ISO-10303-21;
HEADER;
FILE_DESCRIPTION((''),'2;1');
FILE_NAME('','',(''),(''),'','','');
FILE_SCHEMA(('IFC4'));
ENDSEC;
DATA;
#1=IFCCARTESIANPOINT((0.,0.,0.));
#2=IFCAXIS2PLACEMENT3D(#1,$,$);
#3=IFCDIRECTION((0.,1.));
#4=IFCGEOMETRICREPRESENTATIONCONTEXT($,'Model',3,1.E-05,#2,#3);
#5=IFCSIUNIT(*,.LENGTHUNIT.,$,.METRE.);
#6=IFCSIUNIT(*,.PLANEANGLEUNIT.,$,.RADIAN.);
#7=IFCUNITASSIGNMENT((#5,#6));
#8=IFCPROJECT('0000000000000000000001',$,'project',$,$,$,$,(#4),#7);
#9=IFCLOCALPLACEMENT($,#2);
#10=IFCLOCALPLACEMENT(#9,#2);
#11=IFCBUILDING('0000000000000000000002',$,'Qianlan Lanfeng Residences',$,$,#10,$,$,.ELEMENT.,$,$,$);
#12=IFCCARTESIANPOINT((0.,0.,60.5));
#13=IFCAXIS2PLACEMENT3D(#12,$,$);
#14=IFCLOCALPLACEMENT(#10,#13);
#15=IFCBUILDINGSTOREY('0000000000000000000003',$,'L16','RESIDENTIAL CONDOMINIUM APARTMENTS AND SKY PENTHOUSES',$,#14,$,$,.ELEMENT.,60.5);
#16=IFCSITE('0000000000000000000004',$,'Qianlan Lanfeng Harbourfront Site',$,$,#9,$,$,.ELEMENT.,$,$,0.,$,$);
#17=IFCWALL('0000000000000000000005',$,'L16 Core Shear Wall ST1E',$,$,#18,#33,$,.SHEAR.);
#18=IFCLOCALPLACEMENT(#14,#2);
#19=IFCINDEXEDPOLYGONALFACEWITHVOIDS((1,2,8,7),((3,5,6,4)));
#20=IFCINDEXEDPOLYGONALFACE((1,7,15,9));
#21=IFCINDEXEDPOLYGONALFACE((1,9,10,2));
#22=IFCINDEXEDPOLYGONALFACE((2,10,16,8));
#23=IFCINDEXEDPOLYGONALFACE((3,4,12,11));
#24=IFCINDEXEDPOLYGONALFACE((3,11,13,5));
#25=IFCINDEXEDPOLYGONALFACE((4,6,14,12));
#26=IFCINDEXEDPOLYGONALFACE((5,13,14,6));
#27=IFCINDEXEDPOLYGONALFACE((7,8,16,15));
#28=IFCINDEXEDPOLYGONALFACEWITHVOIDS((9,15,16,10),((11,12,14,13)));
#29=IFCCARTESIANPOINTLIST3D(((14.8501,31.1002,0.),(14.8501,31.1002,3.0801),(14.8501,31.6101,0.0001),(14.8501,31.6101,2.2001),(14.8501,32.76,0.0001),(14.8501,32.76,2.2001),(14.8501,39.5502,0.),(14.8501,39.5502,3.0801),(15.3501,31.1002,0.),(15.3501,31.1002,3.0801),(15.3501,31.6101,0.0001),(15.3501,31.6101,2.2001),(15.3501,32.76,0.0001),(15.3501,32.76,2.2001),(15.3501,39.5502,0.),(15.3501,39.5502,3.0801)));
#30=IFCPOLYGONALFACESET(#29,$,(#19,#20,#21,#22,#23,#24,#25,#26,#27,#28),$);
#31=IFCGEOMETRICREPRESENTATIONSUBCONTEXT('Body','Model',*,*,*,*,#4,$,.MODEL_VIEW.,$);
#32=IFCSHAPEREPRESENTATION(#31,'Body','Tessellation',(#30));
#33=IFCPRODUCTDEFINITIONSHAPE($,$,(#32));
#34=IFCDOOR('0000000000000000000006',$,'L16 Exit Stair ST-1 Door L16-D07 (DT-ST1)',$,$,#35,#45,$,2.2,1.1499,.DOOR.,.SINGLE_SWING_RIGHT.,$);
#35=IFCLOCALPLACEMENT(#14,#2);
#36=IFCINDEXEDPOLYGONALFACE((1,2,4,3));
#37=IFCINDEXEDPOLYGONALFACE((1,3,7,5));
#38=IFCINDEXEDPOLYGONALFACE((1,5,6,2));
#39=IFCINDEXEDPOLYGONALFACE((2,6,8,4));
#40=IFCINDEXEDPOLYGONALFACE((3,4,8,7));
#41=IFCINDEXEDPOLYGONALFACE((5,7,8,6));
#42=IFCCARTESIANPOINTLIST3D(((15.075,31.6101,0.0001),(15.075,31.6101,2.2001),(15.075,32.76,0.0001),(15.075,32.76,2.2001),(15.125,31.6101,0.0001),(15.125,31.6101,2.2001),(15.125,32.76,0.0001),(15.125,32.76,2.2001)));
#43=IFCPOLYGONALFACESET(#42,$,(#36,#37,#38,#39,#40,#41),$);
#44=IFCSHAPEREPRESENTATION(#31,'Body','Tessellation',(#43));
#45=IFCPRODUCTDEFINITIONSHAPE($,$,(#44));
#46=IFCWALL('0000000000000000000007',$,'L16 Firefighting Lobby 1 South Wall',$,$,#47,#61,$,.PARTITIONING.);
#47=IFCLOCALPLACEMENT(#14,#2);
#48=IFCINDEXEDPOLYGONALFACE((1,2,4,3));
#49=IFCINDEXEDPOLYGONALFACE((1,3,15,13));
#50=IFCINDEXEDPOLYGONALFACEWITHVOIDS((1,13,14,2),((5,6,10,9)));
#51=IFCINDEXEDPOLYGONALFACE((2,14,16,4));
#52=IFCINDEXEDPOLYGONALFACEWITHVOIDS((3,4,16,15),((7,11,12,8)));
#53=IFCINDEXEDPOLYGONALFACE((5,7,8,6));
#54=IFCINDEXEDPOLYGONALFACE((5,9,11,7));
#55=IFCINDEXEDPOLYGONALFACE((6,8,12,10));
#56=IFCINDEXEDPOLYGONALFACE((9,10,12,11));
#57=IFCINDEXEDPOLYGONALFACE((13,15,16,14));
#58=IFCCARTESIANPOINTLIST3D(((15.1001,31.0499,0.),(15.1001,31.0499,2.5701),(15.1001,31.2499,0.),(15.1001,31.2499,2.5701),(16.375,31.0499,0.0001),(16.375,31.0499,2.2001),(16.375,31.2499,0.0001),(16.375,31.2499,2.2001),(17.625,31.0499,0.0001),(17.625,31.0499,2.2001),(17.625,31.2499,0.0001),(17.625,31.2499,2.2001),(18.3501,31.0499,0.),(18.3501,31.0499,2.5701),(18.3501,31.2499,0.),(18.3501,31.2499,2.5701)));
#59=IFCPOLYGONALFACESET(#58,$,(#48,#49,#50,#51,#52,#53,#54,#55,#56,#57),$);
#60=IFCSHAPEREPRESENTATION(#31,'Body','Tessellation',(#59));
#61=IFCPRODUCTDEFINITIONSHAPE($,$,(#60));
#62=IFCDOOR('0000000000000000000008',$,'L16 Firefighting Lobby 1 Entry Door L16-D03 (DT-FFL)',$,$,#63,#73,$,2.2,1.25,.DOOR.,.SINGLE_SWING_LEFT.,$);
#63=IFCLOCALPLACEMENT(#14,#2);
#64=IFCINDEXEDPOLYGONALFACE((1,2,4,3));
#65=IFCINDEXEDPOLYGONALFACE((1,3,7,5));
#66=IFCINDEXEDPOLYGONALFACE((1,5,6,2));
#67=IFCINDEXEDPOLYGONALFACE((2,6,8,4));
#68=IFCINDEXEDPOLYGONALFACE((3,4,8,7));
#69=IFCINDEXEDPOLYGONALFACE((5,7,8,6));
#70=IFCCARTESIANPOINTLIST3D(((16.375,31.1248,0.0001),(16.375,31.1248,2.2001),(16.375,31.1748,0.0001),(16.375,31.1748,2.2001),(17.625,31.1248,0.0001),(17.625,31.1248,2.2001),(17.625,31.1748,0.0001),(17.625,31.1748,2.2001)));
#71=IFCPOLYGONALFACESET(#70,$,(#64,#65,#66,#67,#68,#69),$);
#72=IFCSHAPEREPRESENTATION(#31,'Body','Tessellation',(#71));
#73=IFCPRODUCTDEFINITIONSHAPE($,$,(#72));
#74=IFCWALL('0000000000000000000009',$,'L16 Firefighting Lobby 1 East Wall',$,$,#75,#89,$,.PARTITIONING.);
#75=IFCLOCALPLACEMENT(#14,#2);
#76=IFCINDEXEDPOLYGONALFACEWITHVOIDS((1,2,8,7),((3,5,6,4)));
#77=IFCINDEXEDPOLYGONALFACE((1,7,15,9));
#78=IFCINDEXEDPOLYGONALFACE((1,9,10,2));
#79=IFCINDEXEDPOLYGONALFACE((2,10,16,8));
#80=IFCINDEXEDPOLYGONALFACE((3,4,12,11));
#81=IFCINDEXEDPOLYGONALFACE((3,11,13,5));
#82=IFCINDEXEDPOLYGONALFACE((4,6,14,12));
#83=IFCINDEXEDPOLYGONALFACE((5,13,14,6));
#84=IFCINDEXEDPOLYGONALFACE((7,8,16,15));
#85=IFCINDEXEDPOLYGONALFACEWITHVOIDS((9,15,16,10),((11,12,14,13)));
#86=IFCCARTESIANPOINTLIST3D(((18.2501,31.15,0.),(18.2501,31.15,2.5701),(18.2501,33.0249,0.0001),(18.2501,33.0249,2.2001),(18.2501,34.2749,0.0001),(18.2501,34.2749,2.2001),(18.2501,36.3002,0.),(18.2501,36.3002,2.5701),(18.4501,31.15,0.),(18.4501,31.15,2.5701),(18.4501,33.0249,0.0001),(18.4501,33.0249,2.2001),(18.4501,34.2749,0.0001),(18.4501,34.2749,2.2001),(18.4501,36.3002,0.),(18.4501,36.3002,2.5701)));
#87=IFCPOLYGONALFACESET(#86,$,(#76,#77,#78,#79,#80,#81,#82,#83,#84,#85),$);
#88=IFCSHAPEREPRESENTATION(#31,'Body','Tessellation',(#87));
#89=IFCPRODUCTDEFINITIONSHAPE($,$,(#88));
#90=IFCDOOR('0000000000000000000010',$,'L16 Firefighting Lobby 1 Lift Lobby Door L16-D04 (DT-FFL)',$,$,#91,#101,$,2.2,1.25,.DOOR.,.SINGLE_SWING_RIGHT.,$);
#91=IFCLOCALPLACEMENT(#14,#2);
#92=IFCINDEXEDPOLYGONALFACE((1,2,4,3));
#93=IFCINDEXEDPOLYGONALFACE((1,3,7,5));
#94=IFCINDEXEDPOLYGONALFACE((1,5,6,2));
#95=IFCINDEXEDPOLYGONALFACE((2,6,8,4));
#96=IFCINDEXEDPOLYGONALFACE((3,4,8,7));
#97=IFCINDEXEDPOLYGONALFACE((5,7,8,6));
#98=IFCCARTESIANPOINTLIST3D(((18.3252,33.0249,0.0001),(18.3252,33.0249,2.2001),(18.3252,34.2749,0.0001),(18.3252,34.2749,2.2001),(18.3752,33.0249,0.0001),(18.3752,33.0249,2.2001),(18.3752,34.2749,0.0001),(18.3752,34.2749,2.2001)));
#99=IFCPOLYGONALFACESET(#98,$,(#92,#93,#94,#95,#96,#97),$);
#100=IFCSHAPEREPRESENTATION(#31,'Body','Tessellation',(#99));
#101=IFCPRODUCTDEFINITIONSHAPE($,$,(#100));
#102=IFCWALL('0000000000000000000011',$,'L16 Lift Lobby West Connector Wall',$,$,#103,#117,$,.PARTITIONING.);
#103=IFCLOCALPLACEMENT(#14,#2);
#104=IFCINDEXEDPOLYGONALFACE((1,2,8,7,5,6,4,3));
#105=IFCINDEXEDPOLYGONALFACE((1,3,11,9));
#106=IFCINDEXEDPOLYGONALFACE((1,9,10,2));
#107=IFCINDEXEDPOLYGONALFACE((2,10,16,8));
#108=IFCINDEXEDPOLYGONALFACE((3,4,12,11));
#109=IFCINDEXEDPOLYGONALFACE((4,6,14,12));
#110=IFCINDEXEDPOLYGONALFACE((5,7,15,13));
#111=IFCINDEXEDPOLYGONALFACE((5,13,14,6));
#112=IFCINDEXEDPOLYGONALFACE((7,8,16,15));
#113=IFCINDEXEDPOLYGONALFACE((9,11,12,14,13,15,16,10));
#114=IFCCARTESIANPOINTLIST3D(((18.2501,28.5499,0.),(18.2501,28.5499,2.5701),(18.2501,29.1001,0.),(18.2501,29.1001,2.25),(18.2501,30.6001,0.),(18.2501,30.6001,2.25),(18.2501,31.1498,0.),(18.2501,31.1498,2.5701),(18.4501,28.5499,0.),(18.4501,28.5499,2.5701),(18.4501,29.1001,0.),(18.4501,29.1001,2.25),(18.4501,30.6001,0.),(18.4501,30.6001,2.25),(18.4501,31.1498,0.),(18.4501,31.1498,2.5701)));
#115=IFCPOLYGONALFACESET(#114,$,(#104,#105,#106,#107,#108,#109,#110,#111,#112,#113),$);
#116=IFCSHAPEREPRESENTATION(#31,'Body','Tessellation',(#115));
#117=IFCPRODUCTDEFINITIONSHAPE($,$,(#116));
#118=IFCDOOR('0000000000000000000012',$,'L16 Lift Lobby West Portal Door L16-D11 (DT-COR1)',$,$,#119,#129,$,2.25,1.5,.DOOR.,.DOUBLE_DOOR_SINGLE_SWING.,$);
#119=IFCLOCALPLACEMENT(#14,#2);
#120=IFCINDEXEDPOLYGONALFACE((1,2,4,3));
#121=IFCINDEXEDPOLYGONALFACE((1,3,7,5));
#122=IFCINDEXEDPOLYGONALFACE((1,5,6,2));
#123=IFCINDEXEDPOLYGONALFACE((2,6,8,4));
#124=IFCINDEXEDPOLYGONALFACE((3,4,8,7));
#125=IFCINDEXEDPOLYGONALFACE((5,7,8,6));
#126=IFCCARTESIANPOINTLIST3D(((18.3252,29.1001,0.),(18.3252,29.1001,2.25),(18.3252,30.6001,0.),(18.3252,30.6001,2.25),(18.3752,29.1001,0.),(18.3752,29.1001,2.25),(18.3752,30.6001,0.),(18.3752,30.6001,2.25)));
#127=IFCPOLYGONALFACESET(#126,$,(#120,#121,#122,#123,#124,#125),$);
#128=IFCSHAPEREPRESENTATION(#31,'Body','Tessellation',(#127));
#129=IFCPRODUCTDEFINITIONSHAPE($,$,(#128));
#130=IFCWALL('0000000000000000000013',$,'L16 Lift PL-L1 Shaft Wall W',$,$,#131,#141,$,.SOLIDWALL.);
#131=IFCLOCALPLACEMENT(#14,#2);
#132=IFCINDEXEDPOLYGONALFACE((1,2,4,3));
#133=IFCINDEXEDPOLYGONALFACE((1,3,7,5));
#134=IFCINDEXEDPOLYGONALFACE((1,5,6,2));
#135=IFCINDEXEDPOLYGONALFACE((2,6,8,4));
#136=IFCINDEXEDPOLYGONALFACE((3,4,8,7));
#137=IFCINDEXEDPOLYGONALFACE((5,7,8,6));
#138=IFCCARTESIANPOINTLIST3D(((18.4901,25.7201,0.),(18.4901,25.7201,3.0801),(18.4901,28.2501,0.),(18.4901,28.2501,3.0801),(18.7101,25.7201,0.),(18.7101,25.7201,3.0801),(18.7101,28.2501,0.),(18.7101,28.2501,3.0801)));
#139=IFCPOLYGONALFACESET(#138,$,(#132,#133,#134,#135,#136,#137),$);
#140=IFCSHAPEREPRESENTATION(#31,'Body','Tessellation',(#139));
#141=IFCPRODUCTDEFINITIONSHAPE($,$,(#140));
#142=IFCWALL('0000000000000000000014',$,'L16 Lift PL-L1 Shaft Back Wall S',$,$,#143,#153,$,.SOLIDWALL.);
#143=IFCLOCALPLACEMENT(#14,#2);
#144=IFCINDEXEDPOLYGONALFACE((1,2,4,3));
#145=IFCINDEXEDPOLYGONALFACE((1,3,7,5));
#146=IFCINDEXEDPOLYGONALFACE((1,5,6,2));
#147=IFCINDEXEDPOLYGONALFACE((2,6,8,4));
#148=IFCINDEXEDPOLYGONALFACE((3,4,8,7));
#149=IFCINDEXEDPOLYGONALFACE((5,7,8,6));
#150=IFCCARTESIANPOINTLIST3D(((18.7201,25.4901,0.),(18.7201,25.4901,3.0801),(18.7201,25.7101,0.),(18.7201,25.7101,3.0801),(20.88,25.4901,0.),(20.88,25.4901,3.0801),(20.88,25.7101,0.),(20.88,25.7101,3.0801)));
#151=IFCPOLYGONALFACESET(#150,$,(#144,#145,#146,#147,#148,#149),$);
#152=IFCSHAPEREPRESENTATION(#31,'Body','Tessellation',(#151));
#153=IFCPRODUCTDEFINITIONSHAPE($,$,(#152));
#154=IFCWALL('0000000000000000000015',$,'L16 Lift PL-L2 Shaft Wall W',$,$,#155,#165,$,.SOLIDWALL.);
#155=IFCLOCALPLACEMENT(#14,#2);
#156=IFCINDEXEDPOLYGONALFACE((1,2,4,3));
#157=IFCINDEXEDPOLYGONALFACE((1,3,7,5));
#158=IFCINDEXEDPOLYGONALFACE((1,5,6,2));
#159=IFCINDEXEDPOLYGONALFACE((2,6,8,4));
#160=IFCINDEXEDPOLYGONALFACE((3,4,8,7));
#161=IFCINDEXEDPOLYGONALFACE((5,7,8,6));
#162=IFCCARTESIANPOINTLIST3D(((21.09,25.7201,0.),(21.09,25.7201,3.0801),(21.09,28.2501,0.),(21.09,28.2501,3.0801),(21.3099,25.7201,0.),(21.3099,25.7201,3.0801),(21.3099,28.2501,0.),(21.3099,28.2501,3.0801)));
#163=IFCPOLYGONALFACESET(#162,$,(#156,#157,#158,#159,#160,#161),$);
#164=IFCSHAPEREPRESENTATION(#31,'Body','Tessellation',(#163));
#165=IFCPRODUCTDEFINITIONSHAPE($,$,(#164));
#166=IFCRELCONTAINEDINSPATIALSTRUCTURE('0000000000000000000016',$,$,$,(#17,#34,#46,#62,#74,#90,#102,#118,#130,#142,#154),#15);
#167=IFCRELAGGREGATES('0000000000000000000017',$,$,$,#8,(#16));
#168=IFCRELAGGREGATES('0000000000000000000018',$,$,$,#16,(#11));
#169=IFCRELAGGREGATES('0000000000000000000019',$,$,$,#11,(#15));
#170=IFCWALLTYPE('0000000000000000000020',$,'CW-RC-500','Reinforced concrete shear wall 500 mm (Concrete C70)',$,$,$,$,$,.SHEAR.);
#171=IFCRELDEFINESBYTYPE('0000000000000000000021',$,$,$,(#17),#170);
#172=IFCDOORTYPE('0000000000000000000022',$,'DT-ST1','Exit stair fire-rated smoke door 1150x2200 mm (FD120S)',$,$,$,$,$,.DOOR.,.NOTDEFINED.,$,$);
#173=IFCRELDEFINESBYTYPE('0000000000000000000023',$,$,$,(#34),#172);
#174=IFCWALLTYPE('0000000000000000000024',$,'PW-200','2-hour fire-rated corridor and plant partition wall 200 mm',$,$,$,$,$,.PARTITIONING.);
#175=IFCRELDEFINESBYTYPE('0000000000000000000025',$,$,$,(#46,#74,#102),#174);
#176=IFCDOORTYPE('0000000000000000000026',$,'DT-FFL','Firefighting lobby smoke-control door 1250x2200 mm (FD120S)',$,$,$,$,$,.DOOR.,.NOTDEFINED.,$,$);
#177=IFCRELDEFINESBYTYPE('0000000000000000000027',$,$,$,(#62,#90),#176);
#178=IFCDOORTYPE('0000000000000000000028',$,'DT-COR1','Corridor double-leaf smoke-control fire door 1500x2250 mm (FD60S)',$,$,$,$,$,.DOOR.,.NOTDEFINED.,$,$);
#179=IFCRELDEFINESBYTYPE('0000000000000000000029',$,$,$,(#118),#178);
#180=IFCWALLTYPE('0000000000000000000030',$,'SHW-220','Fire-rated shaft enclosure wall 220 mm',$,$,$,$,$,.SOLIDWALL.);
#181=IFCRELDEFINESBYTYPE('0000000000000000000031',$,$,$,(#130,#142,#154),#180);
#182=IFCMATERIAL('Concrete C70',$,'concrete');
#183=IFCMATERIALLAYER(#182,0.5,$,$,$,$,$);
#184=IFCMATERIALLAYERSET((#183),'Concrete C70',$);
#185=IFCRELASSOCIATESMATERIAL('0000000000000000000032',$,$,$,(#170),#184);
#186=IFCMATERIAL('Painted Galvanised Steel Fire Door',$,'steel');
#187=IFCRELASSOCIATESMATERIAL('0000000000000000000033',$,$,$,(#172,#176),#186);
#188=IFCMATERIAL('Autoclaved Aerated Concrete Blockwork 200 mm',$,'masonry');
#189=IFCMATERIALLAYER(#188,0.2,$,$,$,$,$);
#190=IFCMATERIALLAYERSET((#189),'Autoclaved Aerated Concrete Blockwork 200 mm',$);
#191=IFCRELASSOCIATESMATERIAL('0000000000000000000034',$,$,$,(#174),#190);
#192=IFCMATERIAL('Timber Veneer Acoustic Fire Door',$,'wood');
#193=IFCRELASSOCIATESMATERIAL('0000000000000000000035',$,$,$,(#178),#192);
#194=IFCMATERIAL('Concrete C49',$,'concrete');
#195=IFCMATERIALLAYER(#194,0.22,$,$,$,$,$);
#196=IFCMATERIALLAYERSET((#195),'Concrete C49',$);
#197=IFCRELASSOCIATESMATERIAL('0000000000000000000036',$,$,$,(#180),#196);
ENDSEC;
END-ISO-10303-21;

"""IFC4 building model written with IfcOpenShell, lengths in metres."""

from ifc_helpers import new_model, si_unit, direction, frame, frame_2d, origin, place, context, subcontext, project, spatial, rectangle, extrude, material, layer, layer_set, type_object, element, fill, save


model = new_model("IFC4")

# Units and contexts
model_context = context("Model", 3, precision=1e-05, world=origin(), true_north=direction((0.0, 1.0)))
body_context = subcontext(model_context, "Body", "Model", "MODEL_VIEW")
ifc_project = project(units=[si_unit("LENGTHUNIT", "METRE"), si_unit("PLANEANGLEUNIT", "RADIAN")], contexts=[model_context])

# Site, building, storey
site_placement = place(None, origin())
site = spatial("IfcSite", under=ifc_project, at=site_placement, Name="Qianlan Lanfeng Harbourfront Site", CompositionType="ELEMENT", RefElevation=0.0)
building_placement = place(site_placement, origin())
building = spatial("IfcBuilding", under=site, at=building_placement, Name="Qianlan Lanfeng Residences", CompositionType="ELEMENT")
storey_placement = place(building_placement, frame((0.0, 0.0, 60.5)))
storey = spatial("IfcBuildingStorey", under=building, at=storey_placement, Name="L16", Description="RESIDENTIAL CONDOMINIUM APARTMENTS AND SKY PENTHOUSES", CompositionType="ELEMENT", Elevation=60.5)

# Wall, opening, door
ifc_material_1 = material(Name="Concrete C70", Category="concrete")
ifc_layer_1 = layer(ifc_material_1, 0.5)
ifc_layer_set_1 = layer_set([ifc_layer_1], Name="Concrete C70")
wall_type_1 = type_object("IfcWallType", Name="CW-RC-500", Description="Reinforced concrete shear wall 500 mm (Concrete C70)", PredefinedType="SHEAR", material=ifc_layer_set_1)
wall_1_placement = place(storey_placement, frame((15.1001, 31.1001, 0.0), z_axis=(0.0, 0.0, 1.0), x_axis=(0.0, 1.0, 0.0)))
wall_1 = element("IfcWall", 1, at=wall_1_placement, inside=storey, type_object=wall_type_1, Name="L16 Core Shear Wall ST1E", PredefinedType="SHEAR", context=body_context, shape_type="SweptSolid", body=[
    extrude(rectangle(XDim=8.45, YDim=0.5, at=frame_2d((4.2251, 0.0))), origin(), (0.0, 0.0, 1.0), 3.0801),
])
opening_1_placement = place(wall_1_placement, frame((0.51, 0.0, 0.0)))
opening_1 = element("IfcOpeningElement", 2, at=opening_1_placement, cuts=wall_1, PredefinedType="OPENING", context=body_context, shape_type="SweptSolid", body=[
    extrude(rectangle(XDim=1.1499, YDim=2.2, at=frame_2d((0.575, 1.1001))), frame((0.0, 0.26, 0.0), z_axis=(0.0, -1.0, 0.0), x_axis=(1.0, 0.0, 0.0)), (0.0, 0.0, 1.0), 0.52),
])
ifc_material_2 = material(Name="Painted Galvanised Steel Fire Door", Category="steel")
door_type_1 = type_object("IfcDoorType", Name="DT-ST1", Description="Exit stair fire-rated smoke door 1150x2200 mm (FD120S)", OperationType="NOTDEFINED", PredefinedType="DOOR", material=ifc_material_2)
door_1_placement = place(opening_1_placement, frame((1.1499, 0.0, 0.0), z_axis=(0.0, 0.0, 1.0), x_axis=(-1.0, 0.0, 0.0)))
door_1 = element("IfcDoor", 3, at=door_1_placement, inside=storey, type_object=door_type_1, Name="L16 Exit Stair ST-1 Door L16-D07 (DT-ST1)", OperationType="SINGLE_SWING_RIGHT", OverallHeight=2.2, OverallWidth=1.1499, PredefinedType="DOOR", context=body_context, shape_type="SweptSolid", body=[
    extrude(rectangle(XDim=1.1499, YDim=2.2, at=frame_2d((0.575, 1.1001))), frame((0.0, 0.0249, 0.0), z_axis=(0.0, -1.0, 0.0), x_axis=(1.0, 0.0, 0.0)), (0.0, 0.0, 1.0), 0.05),
])
fill(opening_1, door_1)

# Walls, openings, doors
ifc_material_3 = material(Name="Autoclaved Aerated Concrete Blockwork 200 mm", Category="masonry")
ifc_layer_2 = layer(ifc_material_3, 0.2)
ifc_layer_set_2 = layer_set([ifc_layer_2], Name="Autoclaved Aerated Concrete Blockwork 200 mm")
wall_type_2 = type_object("IfcWallType", Name="PW-200", Description="2-hour fire-rated corridor and plant partition wall 200 mm", PredefinedType="PARTITIONING", material=ifc_layer_set_2)
wall_2_placement = place(storey_placement, frame((15.1001, 31.1499, 0.0), z_axis=(0.0, 0.0, 1.0), x_axis=(1.0, 0.0, 0.0)))
wall_2 = element("IfcWall", 4, at=wall_2_placement, inside=storey, type_object=wall_type_2, Name="L16 Firefighting Lobby 1 South Wall", PredefinedType="PARTITIONING", context=body_context, shape_type="SweptSolid", body=[
    extrude(rectangle(XDim=3.25, YDim=0.2, at=frame_2d((1.625, 0.0))), origin(), (0.0, 0.0, 1.0), 2.5701),
])
opening_2_placement = place(wall_2_placement, frame((1.2749, 0.0, 0.0)))
opening_2 = element("IfcOpeningElement", 5, at=opening_2_placement, cuts=wall_2, PredefinedType="OPENING", context=body_context, shape_type="SweptSolid", body=[
    extrude(rectangle(XDim=1.25, YDim=2.2, at=frame_2d((0.625, 1.1001))), frame((0.0, 0.1099, 0.0), z_axis=(0.0, -1.0, 0.0), x_axis=(1.0, 0.0, 0.0)), (0.0, 0.0, 1.0), 0.22),
])
door_type_2 = type_object("IfcDoorType", Name="DT-FFL", Description="Firefighting lobby smoke-control door 1250x2200 mm (FD120S)", OperationType="NOTDEFINED", PredefinedType="DOOR", material=ifc_material_2)
door_2_placement = place(opening_2_placement, origin())
door_2 = element("IfcDoor", 6, at=door_2_placement, inside=storey, type_object=door_type_2, Name="L16 Firefighting Lobby 1 Entry Door L16-D03 (DT-FFL)", OperationType="SINGLE_SWING_LEFT", OverallHeight=2.2, OverallWidth=1.25, PredefinedType="DOOR", context=body_context, shape_type="SweptSolid", body=[
    extrude(rectangle(XDim=1.25, YDim=2.2, at=frame_2d((0.625, 1.1001))), frame((0.0, 0.0249, 0.0), z_axis=(0.0, -1.0, 0.0), x_axis=(1.0, 0.0, 0.0)), (0.0, 0.0, 1.0), 0.05),
])
fill(opening_2, door_2)
wall_3_placement = place(storey_placement, frame((18.3501, 31.1499, 0.0), z_axis=(0.0, 0.0, 1.0), x_axis=(0.0, 1.0, 0.0)))
wall_3 = element("IfcWall", 7, at=wall_3_placement, inside=storey, type_object=wall_type_2, Name="L16 Firefighting Lobby 1 East Wall", PredefinedType="PARTITIONING", context=body_context, shape_type="SweptSolid", body=[
    extrude(rectangle(XDim=5.1501, YDim=0.2, at=frame_2d((2.5752, 0.0))), origin(), (0.0, 0.0, 1.0), 2.5701),
])
opening_3_placement = place(wall_3_placement, frame((1.875, 0.0, 0.0)))
opening_3 = element("IfcOpeningElement", 8, at=opening_3_placement, cuts=wall_3, PredefinedType="OPENING", context=body_context, shape_type="SweptSolid", body=[
    extrude(rectangle(XDim=1.25, YDim=2.2, at=frame_2d((0.625, 1.1001))), frame((0.0, 0.1099, 0.0), z_axis=(0.0, -1.0, 0.0), x_axis=(1.0, 0.0, 0.0)), (0.0, 0.0, 1.0), 0.22),
])
door_3_placement = place(opening_3_placement, origin())
door_3 = element("IfcDoor", 9, at=door_3_placement, inside=storey, type_object=door_type_2, Name="L16 Firefighting Lobby 1 Lift Lobby Door L16-D04 (DT-FFL)", OperationType="SINGLE_SWING_RIGHT", OverallHeight=2.2, OverallWidth=1.25, PredefinedType="DOOR", context=body_context, shape_type="SweptSolid", body=[
    extrude(rectangle(XDim=1.25, YDim=2.2, at=frame_2d((0.625, 1.1001))), frame((0.0, 0.0249, 0.0), z_axis=(0.0, -1.0, 0.0), x_axis=(1.0, 0.0, 0.0)), (0.0, 0.0, 1.0), 0.05),
])
fill(opening_3, door_3)
wall_4_placement = place(storey_placement, frame((18.3501, 28.55, 0.0), z_axis=(0.0, 0.0, 1.0), x_axis=(0.0, 1.0, 0.0)))
wall_4 = element("IfcWall", 10, at=wall_4_placement, inside=storey, type_object=wall_type_2, Name="L16 Lift Lobby West Connector Wall", PredefinedType="PARTITIONING", context=body_context, shape_type="SweptSolid", body=[
    extrude(rectangle(XDim=2.5999, YDim=0.2, at=frame_2d((1.2998, 0.0))), origin(), (0.0, 0.0, 1.0), 2.5701),
])
opening_4_placement = place(wall_4_placement, frame((0.55, 0.0, 0.0)))
opening_4 = element("IfcOpeningElement", 11, at=opening_4_placement, cuts=wall_4, PredefinedType="OPENING", context=body_context, shape_type="SweptSolid", body=[
    extrude(rectangle(XDim=1.5, YDim=2.25, at=frame_2d((0.75, 1.125))), frame((0.0, 0.1099, 0.0), z_axis=(0.0, -1.0, 0.0), x_axis=(1.0, 0.0, 0.0)), (0.0, 0.0, 1.0), 0.22),
])
ifc_material_4 = material(Name="Timber Veneer Acoustic Fire Door", Category="wood")
door_type_3 = type_object("IfcDoorType", Name="DT-COR1", Description="Corridor double-leaf smoke-control fire door 1500x2250 mm (FD60S)", OperationType="NOTDEFINED", PredefinedType="DOOR", material=ifc_material_4)
door_4_placement = place(opening_4_placement, origin())
door_4 = element("IfcDoor", 12, at=door_4_placement, inside=storey, type_object=door_type_3, Name="L16 Lift Lobby West Portal Door L16-D11 (DT-COR1)", OperationType="DOUBLE_DOOR_SINGLE_SWING", OverallHeight=2.25, OverallWidth=1.5, PredefinedType="DOOR", context=body_context, shape_type="SweptSolid", body=[
    extrude(rectangle(XDim=1.5, YDim=2.25, at=frame_2d((0.75, 1.125))), frame((0.0, 0.0249, 0.0), z_axis=(0.0, -1.0, 0.0), x_axis=(1.0, 0.0, 0.0)), (0.0, 0.0, 1.0), 0.05),
])
fill(opening_4, door_4)

# Walls
ifc_material_5 = material(Name="Concrete C49", Category="concrete")
ifc_layer_3 = layer(ifc_material_5, 0.22)
ifc_layer_set_3 = layer_set([ifc_layer_3], Name="Concrete C49")
wall_type_3 = type_object("IfcWallType", Name="SHW-220", Description="Fire-rated shaft enclosure wall 220 mm", PredefinedType="SOLIDWALL", material=ifc_layer_set_3)
wall_5_placement = place(storey_placement, frame((18.6001, 25.72, 0.0), z_axis=(0.0, 0.0, 1.0), x_axis=(0.0, 1.0, 0.0)))
element("IfcWall", 13, at=wall_5_placement, inside=storey, type_object=wall_type_3, Name="L16 Lift PL-L1 Shaft Wall W", PredefinedType="SOLIDWALL", context=body_context, shape_type="SweptSolid", body=[
    extrude(rectangle(XDim=2.53, YDim=0.22, at=frame_2d((1.2651, 0.0))), origin(), (0.0, 0.0, 1.0), 3.0801),
])
wall_6_placement = place(storey_placement, frame((18.72, 25.6001, 0.0), z_axis=(0.0, 0.0, 1.0), x_axis=(1.0, 0.0, 0.0)))
element("IfcWall", 14, at=wall_6_placement, inside=storey, type_object=wall_type_3, Name="L16 Lift PL-L1 Shaft Back Wall S", PredefinedType="SOLIDWALL", context=body_context, shape_type="SweptSolid", body=[
    extrude(rectangle(XDim=2.1599, YDim=0.22, at=frame_2d((1.0801, 0.0))), origin(), (0.0, 0.0, 1.0), 3.0801),
])
wall_7_placement = place(storey_placement, frame((21.2, 25.72, 0.0), z_axis=(0.0, 0.0, 1.0), x_axis=(0.0, 1.0, 0.0)))
element("IfcWall", 15, at=wall_7_placement, inside=storey, type_object=wall_type_3, Name="L16 Lift PL-L2 Shaft Wall W", PredefinedType="SOLIDWALL", context=body_context, shape_type="SweptSolid", body=[
    extrude(rectangle(XDim=2.53, YDim=0.22, at=frame_2d((1.2651, 0.0))), origin(), (0.0, 0.0, 1.0), 3.0801),
])

save(model, "model.ifc")
